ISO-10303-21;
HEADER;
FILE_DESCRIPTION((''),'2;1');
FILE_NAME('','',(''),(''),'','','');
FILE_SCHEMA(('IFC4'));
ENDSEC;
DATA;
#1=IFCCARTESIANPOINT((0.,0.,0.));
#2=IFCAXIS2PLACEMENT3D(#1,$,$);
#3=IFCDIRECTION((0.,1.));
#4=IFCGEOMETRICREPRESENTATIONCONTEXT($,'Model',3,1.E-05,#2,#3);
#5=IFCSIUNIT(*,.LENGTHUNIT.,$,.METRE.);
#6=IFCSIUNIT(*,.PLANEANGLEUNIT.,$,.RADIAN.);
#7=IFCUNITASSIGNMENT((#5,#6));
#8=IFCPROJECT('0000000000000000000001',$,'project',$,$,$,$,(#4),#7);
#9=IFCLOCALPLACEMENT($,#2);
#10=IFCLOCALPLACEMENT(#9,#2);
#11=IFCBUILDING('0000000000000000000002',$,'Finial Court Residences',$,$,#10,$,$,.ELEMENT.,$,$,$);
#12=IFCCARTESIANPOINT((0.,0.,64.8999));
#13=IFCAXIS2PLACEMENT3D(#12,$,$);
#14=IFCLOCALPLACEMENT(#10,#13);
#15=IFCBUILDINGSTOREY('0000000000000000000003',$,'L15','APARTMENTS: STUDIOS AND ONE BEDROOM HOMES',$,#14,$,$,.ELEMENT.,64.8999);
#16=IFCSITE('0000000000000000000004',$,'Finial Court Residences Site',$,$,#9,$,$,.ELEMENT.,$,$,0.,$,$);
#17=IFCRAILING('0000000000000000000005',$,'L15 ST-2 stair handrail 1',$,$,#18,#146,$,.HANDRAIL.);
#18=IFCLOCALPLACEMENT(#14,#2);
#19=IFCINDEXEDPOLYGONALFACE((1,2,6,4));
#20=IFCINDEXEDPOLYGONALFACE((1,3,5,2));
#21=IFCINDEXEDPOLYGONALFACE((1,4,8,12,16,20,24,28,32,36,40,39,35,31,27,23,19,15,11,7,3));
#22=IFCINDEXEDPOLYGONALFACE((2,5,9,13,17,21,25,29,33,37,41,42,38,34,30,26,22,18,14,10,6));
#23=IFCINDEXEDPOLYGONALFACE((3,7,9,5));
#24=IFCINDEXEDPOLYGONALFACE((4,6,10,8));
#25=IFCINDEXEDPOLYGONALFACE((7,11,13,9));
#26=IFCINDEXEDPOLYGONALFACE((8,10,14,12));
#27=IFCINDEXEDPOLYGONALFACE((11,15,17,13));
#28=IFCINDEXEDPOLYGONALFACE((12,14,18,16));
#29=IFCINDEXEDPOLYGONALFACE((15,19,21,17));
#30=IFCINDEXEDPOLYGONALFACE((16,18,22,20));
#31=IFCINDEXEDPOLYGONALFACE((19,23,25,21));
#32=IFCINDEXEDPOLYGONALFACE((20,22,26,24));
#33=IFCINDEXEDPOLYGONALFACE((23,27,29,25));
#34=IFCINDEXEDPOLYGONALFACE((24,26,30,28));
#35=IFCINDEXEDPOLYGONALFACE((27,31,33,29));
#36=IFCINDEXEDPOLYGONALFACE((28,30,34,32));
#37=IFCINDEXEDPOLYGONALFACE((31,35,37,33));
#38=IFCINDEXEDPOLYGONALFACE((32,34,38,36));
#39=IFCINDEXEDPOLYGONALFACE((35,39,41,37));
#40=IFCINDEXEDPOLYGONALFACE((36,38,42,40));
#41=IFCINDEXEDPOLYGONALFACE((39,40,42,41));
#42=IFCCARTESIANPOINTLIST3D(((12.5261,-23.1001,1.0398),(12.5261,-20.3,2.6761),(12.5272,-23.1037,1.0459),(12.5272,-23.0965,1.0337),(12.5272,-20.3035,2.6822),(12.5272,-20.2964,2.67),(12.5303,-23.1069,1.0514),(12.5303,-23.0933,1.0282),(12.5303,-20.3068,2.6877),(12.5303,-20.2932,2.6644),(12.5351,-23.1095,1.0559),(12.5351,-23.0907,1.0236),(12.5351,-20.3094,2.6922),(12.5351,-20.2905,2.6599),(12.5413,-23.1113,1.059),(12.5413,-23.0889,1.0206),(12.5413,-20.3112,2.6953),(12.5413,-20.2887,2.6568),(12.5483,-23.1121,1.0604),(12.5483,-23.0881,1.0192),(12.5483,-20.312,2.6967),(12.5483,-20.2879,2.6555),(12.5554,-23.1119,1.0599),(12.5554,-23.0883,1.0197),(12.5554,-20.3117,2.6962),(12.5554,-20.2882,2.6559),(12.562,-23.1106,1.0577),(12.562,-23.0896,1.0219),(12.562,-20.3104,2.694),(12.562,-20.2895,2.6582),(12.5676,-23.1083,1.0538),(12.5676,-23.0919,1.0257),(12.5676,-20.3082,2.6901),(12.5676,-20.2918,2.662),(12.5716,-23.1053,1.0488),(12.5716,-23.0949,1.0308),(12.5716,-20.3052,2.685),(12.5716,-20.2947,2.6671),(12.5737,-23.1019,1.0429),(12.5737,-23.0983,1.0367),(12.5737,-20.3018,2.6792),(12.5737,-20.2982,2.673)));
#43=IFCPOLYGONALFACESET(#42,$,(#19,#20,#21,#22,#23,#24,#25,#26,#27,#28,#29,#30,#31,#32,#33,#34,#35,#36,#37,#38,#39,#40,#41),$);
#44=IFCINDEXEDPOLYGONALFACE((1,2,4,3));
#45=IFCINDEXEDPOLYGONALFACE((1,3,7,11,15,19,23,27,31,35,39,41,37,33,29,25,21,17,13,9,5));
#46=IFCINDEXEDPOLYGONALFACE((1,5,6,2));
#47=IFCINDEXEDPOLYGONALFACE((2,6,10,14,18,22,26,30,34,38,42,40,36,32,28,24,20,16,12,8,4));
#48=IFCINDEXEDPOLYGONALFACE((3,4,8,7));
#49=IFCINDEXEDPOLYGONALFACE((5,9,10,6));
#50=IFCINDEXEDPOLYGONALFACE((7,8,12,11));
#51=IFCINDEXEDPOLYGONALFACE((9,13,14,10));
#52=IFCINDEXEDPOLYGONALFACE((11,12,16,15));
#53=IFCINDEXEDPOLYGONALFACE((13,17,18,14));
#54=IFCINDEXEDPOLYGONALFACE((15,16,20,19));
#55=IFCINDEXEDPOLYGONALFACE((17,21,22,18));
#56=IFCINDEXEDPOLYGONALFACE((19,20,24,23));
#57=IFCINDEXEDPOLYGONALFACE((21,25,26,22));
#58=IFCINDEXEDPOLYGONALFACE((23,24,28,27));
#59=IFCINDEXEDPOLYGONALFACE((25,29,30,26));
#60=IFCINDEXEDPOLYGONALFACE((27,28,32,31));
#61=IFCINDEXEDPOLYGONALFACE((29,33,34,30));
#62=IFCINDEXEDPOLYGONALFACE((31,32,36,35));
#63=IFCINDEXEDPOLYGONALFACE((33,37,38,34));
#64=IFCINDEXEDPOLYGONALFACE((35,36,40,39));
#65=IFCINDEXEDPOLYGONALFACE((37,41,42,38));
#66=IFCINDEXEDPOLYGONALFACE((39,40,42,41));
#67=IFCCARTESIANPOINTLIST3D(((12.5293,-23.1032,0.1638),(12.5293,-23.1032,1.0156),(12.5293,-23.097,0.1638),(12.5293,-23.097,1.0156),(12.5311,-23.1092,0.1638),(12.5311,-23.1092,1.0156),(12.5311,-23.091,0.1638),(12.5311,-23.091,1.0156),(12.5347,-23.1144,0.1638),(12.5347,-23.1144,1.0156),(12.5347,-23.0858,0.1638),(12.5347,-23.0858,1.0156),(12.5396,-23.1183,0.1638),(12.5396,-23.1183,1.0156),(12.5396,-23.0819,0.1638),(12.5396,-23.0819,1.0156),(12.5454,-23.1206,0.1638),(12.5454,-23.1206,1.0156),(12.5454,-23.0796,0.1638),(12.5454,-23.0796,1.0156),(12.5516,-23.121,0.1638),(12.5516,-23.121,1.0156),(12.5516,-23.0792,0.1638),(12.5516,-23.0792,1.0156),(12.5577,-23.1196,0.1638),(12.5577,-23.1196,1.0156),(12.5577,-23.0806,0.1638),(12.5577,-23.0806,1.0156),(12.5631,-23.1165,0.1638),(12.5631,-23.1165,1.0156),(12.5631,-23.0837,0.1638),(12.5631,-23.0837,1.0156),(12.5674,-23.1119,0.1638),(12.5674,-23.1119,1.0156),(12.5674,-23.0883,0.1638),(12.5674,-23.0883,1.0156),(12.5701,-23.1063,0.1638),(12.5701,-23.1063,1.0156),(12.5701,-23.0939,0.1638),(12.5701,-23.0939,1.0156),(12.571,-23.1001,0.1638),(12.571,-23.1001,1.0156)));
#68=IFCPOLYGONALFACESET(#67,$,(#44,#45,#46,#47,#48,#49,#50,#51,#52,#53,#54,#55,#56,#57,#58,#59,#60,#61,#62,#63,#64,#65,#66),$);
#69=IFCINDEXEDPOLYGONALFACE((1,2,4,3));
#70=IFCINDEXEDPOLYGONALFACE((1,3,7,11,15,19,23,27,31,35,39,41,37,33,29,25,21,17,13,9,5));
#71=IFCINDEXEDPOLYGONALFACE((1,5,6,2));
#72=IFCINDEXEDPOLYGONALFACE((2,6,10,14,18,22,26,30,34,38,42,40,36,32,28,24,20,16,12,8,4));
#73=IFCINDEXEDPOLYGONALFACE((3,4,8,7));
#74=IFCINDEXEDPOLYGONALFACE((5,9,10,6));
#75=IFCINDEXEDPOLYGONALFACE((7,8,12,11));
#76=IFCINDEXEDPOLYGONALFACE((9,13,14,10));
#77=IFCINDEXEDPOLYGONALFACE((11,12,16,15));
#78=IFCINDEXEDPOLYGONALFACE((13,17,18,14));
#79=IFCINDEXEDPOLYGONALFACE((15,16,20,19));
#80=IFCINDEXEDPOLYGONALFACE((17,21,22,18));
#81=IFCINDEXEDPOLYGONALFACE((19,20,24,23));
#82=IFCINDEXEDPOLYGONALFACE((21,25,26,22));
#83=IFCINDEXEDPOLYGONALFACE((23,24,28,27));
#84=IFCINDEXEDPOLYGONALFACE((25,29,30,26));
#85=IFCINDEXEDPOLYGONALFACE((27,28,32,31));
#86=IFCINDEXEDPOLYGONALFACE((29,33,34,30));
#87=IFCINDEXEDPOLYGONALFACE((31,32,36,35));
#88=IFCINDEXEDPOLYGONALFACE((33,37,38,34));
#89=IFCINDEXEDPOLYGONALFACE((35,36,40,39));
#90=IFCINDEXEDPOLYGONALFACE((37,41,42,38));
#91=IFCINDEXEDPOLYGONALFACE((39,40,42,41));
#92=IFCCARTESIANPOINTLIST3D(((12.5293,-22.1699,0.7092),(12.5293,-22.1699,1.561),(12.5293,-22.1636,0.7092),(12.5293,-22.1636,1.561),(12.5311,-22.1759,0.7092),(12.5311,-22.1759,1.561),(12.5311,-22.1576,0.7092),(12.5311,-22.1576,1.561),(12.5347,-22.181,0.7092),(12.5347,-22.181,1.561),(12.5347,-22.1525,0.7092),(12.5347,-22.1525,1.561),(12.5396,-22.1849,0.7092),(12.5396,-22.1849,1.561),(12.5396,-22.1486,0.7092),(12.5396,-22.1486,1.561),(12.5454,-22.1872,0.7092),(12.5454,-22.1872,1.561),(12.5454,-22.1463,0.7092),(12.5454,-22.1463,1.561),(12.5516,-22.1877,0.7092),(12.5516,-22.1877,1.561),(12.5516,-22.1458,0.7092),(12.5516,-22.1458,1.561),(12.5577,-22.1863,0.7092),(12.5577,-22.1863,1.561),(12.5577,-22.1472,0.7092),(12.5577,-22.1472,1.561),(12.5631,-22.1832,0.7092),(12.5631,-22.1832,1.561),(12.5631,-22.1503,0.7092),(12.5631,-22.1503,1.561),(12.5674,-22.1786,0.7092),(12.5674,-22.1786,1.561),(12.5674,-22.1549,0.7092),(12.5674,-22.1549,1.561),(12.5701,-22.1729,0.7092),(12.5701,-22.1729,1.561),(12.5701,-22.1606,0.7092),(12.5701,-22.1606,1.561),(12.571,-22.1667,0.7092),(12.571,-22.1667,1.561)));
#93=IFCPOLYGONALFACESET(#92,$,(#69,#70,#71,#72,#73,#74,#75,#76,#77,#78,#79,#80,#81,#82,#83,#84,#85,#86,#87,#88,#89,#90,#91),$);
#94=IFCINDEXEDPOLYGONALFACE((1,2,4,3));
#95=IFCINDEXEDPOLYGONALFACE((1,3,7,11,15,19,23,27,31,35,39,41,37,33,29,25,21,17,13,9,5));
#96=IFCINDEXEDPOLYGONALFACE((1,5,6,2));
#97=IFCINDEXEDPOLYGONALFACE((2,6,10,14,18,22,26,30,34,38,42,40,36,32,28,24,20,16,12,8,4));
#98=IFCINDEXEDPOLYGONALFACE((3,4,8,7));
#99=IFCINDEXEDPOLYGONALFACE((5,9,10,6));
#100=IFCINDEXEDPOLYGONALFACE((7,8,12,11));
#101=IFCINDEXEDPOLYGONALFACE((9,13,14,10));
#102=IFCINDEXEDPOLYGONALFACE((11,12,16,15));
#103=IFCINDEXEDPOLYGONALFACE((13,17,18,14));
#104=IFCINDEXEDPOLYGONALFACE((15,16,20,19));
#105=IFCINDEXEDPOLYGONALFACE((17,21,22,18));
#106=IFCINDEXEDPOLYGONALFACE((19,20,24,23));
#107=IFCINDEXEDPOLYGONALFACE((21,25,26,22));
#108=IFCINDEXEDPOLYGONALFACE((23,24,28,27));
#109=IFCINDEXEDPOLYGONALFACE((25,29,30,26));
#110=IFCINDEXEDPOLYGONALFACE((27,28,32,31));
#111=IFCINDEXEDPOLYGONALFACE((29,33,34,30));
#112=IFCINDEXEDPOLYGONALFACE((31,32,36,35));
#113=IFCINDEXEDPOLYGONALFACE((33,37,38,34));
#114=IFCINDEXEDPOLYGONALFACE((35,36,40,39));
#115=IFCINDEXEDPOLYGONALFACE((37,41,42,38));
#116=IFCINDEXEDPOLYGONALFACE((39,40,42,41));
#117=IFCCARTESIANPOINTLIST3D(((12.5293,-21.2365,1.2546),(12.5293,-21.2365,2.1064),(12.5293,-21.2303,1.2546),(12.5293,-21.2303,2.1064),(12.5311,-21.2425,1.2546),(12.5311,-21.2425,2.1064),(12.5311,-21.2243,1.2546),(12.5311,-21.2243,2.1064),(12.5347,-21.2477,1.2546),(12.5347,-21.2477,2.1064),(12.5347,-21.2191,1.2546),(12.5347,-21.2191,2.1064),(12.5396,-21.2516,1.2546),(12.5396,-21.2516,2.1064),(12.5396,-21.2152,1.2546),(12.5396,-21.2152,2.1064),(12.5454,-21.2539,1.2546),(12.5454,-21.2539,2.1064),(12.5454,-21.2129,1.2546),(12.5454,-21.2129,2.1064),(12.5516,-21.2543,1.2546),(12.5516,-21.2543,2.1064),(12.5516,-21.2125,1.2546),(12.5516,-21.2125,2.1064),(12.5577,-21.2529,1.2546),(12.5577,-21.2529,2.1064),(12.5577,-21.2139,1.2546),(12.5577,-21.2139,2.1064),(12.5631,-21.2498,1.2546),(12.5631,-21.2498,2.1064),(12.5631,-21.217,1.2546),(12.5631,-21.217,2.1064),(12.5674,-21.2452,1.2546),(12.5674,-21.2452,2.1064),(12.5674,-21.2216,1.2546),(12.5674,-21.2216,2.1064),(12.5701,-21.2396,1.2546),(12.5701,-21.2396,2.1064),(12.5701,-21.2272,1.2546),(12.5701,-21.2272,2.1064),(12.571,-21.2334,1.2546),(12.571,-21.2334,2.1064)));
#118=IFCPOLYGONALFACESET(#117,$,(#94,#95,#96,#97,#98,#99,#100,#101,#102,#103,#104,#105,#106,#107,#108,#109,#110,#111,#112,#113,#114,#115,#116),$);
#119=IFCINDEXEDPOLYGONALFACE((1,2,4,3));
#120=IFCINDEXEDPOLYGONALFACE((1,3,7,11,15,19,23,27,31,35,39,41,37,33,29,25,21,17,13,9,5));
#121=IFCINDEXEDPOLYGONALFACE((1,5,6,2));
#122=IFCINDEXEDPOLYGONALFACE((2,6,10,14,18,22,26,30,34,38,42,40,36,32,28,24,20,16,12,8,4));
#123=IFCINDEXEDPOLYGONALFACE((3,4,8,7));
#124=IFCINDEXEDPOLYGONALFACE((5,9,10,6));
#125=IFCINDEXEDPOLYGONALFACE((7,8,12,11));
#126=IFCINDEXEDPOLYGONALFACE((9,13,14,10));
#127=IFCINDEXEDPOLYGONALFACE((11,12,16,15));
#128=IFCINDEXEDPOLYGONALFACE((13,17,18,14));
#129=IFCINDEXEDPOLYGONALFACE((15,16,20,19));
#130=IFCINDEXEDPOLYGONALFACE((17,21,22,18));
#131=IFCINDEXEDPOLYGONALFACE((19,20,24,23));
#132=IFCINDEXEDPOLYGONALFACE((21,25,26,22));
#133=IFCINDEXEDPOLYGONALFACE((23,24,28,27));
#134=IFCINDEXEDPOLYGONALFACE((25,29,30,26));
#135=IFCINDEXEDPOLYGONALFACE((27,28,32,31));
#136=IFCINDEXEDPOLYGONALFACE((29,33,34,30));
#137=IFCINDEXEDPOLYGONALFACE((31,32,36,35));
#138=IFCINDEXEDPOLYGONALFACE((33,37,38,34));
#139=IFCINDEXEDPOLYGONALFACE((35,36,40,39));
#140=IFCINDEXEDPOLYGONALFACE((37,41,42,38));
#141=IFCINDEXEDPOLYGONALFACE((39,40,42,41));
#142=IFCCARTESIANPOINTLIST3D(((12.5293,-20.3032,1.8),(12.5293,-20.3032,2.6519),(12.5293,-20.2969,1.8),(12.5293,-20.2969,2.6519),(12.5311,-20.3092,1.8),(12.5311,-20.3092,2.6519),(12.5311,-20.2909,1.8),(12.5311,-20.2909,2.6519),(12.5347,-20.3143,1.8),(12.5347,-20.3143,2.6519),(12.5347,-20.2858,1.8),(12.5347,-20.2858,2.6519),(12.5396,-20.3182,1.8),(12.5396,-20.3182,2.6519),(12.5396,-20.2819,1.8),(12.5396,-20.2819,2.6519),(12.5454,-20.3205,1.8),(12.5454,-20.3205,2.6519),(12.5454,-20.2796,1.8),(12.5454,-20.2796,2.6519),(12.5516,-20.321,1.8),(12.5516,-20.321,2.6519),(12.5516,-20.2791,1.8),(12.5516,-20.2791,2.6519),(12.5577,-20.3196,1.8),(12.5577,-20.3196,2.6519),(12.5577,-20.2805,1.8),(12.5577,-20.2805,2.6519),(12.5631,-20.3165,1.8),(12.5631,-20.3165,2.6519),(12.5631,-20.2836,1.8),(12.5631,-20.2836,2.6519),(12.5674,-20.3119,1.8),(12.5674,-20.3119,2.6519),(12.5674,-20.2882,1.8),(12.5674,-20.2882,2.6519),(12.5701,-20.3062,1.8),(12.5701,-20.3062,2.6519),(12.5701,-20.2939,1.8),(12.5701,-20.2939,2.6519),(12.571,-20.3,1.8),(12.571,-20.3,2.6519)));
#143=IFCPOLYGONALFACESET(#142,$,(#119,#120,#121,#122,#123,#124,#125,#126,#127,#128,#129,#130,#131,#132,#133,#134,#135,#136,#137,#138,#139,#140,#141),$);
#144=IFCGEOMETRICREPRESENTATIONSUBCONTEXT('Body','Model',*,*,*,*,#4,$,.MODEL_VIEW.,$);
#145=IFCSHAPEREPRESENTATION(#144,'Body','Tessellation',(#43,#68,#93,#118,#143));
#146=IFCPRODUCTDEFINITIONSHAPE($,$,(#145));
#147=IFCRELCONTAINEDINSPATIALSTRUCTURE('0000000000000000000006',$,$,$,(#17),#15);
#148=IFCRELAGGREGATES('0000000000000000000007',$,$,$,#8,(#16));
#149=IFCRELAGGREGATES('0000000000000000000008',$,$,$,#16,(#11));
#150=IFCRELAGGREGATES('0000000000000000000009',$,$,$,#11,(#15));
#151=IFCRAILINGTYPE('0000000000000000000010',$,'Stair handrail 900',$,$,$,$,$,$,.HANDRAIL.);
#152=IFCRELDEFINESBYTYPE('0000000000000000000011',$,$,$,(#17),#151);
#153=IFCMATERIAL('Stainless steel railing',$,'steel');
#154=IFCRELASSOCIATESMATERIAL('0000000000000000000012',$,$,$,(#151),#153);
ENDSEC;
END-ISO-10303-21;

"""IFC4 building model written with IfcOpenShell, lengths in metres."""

from ifc_helpers import new_model, si_unit, direction, frame, origin, origin_2d, place, context, subcontext, project, spatial, circle, extrude, material, type_object, element, save


model = new_model("IFC4")

# Units and contexts
model_context = context("Model", 3, precision=1e-05, world=origin(), true_north=direction((0.0, 1.0)))
body_context = subcontext(model_context, "Body", "Model", "MODEL_VIEW")
ifc_project = project(units=[si_unit("LENGTHUNIT", "METRE"), si_unit("PLANEANGLEUNIT", "RADIAN")], contexts=[model_context])

# Site, building, storey
site_placement = place(None, origin())
site = spatial("IfcSite", under=ifc_project, at=site_placement, Name="Finial Court Residences Site", CompositionType="ELEMENT", RefElevation=0.0)
building_placement = place(site_placement, origin())
building = spatial("IfcBuilding", under=site, at=building_placement, Name="Finial Court Residences", CompositionType="ELEMENT")
storey_placement = place(building_placement, frame((0.0, 0.0, 64.8999)))
storey = spatial("IfcBuildingStorey", under=building, at=storey_placement, Name="L15", Description="APARTMENTS: STUDIOS AND ONE BEDROOM HOMES", CompositionType="ELEMENT", Elevation=64.8999)

# Railing
ifc_material_1 = material(Name="Stainless steel railing", Category="steel")
railing_type_1 = type_object("IfcRailingType", Name="Stair handrail 900", PredefinedType="HANDRAIL", material=ifc_material_1)
railing_1_placement = place(storey_placement, frame((12.55, -23.1001, 0.1638)))
element("IfcRailing", 1, at=railing_1_placement, inside=storey, type_object=railing_type_1, Name="L15 ST-2 stair handrail 1", PredefinedType="HANDRAIL", context=body_context, shape_type="SweptSolid", body=[
    extrude(circle(Radius=0.0239, at=origin_2d()), frame((0.0, 0.0, 0.876), z_axis=(0.0, 0.863394, 0.504531), x_axis=(-1.0, 0.0, 0.0)), (0.0, 0.0, 1.0), 3.2432),
    extrude(circle(Radius=0.021, at=origin_2d()), origin(), (0.0, 0.0, 1.0), 0.8518),
    extrude(circle(Radius=0.021, at=origin_2d()), frame((0.0, 0.9333, 0.5454)), (0.0, 0.0, 1.0), 0.8518),
    extrude(circle(Radius=0.021, at=origin_2d()), frame((0.0, 1.8667, 1.0908)), (0.0, 0.0, 1.0), 0.8518),
    extrude(circle(Radius=0.021, at=origin_2d()), frame((0.0, 2.8, 1.6362)), (0.0, 0.0, 1.0), 0.8518),
])

save(model, "model.ifc")
